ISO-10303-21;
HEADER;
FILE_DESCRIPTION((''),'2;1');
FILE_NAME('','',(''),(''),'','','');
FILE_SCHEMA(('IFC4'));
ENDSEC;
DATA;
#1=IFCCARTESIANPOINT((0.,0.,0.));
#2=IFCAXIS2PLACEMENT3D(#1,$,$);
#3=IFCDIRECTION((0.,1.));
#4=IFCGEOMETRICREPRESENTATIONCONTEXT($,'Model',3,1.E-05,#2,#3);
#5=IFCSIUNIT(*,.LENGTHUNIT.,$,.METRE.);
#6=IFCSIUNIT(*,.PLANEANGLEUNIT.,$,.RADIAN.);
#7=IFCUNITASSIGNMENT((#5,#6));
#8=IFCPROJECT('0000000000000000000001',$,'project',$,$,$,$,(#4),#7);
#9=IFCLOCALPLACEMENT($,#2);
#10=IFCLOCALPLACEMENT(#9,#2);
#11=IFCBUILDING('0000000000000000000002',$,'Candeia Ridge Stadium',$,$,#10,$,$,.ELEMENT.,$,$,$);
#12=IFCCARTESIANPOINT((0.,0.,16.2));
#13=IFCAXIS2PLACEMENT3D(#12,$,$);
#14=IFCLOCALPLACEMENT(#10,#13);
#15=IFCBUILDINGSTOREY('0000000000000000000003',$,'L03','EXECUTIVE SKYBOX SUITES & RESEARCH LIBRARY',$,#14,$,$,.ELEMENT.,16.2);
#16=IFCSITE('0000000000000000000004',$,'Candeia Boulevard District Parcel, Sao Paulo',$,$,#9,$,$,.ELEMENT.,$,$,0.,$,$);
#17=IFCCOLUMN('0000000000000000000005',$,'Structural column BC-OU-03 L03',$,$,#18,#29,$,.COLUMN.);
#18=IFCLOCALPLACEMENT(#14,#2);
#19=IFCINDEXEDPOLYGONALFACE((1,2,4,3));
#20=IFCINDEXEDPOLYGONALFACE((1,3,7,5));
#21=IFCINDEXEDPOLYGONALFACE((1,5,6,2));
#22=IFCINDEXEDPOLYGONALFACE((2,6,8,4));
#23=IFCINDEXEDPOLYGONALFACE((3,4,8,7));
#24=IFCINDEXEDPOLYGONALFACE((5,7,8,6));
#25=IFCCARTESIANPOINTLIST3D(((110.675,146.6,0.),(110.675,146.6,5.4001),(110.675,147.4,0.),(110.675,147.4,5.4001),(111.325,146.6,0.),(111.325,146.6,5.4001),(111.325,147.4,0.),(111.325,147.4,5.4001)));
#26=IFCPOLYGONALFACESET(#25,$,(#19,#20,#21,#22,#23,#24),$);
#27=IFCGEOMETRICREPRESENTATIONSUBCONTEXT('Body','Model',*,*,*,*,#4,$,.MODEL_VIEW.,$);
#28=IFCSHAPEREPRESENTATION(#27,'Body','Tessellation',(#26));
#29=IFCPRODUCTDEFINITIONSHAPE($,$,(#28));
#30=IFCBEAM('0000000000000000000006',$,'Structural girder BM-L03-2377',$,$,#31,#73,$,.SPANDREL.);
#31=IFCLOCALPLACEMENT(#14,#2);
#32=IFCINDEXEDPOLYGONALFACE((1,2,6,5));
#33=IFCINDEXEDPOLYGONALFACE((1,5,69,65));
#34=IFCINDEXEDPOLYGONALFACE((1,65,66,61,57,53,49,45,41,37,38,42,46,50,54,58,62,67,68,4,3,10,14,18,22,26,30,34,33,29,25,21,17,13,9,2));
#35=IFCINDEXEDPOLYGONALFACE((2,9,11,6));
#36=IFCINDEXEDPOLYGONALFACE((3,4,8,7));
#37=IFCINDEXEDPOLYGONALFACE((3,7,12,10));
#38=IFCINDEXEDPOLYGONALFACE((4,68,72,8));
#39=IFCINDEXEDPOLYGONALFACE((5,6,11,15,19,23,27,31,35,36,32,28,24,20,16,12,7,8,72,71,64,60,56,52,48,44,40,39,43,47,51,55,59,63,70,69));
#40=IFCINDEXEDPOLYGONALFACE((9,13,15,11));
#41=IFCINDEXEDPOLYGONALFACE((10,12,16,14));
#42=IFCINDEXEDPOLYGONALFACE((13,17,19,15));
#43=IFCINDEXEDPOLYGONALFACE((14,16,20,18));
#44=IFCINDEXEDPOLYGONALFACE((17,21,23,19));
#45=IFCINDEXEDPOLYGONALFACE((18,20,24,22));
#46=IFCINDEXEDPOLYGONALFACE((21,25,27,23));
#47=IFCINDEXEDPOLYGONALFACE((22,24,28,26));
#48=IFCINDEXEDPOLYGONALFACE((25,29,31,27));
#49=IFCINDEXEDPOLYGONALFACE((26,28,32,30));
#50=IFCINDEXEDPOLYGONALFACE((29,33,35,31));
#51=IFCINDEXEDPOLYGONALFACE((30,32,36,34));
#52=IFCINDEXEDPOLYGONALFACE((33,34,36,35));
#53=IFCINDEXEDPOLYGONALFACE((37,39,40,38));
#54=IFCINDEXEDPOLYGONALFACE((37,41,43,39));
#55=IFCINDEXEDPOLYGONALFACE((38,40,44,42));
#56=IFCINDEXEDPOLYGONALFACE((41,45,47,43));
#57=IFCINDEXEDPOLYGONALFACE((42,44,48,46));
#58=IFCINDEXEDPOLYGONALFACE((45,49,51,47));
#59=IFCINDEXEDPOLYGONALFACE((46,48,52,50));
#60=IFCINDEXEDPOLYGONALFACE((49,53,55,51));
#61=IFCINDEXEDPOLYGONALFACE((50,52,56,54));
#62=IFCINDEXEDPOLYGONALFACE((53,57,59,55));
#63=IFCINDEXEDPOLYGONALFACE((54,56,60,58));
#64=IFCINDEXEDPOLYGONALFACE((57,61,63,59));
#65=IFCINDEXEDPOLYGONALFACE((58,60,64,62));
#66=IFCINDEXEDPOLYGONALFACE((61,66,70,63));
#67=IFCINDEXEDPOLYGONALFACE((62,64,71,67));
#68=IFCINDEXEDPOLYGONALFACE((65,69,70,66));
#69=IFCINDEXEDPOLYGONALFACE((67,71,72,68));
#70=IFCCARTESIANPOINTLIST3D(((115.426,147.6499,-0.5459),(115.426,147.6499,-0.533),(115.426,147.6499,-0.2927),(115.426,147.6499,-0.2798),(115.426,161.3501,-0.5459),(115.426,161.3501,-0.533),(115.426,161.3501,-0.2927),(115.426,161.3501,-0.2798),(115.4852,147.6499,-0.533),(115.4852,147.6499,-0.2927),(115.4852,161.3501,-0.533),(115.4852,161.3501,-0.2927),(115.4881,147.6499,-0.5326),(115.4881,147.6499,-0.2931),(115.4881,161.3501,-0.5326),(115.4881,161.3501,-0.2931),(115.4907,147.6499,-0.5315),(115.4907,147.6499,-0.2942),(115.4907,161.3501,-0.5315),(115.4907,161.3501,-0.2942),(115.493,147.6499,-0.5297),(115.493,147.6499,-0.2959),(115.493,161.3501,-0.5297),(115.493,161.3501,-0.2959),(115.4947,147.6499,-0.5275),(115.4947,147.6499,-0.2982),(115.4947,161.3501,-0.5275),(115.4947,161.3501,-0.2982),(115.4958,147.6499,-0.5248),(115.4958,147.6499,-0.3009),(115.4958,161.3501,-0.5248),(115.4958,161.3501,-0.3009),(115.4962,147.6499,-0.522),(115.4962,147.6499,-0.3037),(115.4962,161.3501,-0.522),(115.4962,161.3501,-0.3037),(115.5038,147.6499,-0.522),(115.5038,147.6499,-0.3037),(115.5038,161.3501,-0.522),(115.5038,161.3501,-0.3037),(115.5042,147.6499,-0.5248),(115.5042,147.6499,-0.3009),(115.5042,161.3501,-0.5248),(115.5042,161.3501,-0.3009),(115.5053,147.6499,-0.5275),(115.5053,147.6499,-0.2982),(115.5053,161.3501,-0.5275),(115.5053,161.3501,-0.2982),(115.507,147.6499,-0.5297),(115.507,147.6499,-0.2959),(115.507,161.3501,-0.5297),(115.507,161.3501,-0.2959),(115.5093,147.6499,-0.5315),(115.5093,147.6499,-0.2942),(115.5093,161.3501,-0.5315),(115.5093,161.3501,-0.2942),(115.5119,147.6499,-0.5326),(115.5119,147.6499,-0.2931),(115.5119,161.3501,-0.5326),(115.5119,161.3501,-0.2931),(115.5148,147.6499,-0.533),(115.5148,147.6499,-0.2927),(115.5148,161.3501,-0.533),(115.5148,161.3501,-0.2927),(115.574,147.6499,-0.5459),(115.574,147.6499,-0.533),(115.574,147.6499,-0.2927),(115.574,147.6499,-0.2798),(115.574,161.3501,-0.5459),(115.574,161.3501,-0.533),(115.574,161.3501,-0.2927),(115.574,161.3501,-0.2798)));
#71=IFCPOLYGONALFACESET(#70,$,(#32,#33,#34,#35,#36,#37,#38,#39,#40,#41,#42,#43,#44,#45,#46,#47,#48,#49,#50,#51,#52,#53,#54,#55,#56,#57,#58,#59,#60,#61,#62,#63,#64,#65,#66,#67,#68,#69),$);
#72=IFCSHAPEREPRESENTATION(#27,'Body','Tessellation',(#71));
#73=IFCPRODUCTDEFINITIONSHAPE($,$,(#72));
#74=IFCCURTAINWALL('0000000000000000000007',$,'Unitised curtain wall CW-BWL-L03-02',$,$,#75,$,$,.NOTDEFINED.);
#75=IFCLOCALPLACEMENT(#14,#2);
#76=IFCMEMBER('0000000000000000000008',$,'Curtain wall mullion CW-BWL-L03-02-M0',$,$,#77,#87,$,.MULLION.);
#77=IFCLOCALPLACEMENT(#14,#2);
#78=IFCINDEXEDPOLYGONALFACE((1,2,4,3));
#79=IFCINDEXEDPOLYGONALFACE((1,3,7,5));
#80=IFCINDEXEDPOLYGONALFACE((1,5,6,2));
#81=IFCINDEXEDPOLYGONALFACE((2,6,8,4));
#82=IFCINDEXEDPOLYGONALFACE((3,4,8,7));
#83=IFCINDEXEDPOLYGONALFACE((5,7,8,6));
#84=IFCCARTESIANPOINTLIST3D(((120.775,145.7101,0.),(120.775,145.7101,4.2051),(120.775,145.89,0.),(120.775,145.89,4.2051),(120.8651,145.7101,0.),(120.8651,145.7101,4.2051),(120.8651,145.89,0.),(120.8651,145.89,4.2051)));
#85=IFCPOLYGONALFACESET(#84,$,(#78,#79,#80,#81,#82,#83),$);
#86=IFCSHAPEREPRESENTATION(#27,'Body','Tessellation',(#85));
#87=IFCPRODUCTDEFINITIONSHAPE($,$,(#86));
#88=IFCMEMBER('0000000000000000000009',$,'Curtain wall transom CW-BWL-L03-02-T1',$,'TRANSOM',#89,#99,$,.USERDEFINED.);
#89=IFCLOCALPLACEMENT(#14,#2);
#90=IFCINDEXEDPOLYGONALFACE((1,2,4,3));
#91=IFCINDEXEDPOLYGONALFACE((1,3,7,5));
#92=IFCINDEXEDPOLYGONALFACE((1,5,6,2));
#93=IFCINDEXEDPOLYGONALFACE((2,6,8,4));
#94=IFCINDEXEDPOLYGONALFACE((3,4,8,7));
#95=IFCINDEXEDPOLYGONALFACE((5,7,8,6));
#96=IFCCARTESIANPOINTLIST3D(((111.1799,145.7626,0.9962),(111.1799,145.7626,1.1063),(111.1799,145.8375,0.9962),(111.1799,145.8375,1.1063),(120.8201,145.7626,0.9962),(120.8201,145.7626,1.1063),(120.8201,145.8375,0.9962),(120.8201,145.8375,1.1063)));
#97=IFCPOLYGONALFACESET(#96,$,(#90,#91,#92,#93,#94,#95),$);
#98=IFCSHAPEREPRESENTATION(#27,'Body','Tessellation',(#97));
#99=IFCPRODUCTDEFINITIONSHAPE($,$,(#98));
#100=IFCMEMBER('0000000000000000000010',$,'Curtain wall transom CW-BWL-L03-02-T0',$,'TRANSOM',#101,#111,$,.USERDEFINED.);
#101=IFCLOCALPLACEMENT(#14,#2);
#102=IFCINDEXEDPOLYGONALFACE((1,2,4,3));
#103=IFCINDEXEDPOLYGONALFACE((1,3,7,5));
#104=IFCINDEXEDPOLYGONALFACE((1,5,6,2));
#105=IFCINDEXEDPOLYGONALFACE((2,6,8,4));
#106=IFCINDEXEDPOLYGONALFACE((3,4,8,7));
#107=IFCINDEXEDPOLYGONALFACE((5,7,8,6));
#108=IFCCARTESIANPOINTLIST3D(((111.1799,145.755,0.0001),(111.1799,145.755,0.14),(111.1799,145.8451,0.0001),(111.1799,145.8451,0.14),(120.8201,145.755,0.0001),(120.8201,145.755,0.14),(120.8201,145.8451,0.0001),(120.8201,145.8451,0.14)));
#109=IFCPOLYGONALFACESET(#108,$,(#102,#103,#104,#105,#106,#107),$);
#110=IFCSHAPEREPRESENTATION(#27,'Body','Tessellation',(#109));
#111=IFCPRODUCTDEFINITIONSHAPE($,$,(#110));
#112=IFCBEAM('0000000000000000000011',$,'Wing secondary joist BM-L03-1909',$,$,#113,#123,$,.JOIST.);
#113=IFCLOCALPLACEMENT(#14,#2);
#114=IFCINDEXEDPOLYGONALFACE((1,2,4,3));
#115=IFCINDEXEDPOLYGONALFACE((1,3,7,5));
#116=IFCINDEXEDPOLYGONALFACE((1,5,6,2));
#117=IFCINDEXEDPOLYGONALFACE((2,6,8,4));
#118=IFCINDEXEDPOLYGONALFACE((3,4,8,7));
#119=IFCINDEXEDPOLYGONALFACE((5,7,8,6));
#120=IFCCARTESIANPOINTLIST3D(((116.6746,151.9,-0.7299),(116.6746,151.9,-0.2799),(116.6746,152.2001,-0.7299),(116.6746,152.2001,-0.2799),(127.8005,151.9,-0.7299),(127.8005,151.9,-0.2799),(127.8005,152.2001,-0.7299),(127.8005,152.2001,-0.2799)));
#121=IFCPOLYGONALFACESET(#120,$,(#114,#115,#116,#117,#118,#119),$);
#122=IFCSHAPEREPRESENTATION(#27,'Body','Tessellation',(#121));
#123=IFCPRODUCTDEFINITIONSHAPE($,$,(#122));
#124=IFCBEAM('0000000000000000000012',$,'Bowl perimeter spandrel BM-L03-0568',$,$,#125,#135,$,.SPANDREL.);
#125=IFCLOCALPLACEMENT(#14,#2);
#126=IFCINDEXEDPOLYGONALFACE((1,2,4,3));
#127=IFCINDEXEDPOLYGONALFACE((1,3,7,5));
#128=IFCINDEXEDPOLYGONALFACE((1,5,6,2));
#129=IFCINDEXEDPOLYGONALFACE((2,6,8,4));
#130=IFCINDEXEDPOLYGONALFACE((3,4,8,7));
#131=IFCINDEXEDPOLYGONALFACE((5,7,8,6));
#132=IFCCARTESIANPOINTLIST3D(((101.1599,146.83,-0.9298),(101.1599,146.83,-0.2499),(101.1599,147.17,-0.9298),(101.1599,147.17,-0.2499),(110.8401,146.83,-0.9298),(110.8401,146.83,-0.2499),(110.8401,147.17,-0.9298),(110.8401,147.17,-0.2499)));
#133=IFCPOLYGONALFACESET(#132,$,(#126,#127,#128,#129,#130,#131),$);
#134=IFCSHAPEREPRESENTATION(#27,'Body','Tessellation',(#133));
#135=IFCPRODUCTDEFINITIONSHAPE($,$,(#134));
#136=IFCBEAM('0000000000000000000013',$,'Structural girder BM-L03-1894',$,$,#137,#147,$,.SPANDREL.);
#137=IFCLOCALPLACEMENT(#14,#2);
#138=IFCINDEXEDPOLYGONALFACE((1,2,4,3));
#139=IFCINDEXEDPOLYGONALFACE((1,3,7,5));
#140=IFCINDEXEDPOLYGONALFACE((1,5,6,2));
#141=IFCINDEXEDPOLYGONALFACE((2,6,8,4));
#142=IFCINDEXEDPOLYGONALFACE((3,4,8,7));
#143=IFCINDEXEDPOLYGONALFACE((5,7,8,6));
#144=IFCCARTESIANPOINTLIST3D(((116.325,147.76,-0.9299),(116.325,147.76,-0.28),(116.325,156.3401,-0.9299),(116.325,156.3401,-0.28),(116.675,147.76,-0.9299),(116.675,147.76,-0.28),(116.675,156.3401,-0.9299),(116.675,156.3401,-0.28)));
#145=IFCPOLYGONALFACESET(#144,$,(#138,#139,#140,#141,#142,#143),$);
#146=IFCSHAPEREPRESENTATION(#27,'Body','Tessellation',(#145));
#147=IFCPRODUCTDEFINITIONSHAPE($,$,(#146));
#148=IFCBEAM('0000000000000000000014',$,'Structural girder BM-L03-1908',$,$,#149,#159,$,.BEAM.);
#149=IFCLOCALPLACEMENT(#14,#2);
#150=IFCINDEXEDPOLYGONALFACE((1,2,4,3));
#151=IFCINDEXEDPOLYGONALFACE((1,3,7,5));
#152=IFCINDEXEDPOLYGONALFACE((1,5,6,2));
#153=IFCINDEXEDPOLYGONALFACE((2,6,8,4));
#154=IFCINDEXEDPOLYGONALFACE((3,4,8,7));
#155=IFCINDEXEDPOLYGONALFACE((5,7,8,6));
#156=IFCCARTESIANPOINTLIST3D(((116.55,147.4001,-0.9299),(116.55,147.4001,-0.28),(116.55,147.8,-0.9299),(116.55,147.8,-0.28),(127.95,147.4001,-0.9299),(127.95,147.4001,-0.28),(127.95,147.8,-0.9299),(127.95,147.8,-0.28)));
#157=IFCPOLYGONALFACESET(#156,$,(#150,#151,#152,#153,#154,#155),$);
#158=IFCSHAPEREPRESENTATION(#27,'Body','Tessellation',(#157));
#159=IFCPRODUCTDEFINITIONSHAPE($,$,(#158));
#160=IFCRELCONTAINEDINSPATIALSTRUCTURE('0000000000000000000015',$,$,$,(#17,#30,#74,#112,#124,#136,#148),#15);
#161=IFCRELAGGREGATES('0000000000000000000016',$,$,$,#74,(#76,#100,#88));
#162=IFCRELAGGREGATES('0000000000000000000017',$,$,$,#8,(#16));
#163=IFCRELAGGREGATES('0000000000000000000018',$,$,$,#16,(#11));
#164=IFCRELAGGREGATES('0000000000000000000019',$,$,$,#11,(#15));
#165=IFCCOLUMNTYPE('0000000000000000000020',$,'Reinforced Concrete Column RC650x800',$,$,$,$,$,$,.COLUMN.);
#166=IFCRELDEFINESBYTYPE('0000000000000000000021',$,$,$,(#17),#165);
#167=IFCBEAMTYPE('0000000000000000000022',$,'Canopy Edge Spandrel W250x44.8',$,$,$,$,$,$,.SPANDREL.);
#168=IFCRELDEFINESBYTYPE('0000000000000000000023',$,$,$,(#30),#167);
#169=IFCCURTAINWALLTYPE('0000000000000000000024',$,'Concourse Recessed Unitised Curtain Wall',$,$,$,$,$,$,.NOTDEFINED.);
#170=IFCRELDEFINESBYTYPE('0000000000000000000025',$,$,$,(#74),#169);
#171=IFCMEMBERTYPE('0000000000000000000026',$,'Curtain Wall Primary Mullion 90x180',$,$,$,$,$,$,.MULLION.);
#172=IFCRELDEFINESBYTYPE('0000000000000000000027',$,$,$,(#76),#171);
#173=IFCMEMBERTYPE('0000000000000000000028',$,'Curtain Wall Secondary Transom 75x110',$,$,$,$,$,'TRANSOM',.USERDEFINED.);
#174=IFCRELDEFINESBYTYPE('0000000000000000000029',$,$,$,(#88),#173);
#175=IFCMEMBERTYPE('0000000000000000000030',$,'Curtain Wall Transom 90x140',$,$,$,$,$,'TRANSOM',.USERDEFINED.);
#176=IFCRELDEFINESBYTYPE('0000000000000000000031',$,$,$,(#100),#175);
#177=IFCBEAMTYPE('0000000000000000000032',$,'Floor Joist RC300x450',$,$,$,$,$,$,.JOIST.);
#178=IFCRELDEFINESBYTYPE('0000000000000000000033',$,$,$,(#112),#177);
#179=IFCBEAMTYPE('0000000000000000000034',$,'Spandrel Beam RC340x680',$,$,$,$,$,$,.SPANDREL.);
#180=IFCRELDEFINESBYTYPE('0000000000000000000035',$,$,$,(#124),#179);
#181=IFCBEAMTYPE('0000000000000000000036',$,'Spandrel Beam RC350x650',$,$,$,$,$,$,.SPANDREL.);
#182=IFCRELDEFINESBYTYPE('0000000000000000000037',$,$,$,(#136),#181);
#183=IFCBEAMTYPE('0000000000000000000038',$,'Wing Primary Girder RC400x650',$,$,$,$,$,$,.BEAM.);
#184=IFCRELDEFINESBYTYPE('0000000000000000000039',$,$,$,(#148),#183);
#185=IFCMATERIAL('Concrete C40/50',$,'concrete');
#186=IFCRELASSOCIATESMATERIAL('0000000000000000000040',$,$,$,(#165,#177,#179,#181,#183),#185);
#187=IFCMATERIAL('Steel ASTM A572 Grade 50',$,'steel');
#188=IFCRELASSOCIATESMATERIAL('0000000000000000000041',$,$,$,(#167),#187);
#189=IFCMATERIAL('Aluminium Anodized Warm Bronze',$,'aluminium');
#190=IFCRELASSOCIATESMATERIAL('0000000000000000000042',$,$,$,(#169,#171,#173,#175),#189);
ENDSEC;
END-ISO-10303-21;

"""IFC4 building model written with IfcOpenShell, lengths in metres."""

from ifc_helpers import new_model, si_unit, direction, frame, origin, origin_2d, place, context, subcontext, project, spatial, rectangle, i_section, extrude, material, material_profile, profile_set, type_object, element, aggregate, save


model = new_model("IFC4")

# Units and contexts
model_context = context("Model", 3, precision=1e-05, world=origin(), true_north=direction((0.0, 1.0)))
body_context = subcontext(model_context, "Body", "Model", "MODEL_VIEW")
ifc_project = project(units=[si_unit("LENGTHUNIT", "METRE"), si_unit("PLANEANGLEUNIT", "RADIAN")], contexts=[model_context])

# Site, building, storey
site_placement = place(None, origin())
site = spatial("IfcSite", under=ifc_project, at=site_placement, Name="Candeia Boulevard District Parcel, Sao Paulo", CompositionType="ELEMENT", RefElevation=0.0)
building_placement = place(site_placement, origin())
building = spatial("IfcBuilding", under=site, at=building_placement, Name="Candeia Ridge Stadium", CompositionType="ELEMENT")
storey_placement = place(building_placement, frame((0.0, 0.0, 16.2)))
storey = spatial("IfcBuildingStorey", under=building, at=storey_placement, Name="L03", Description="EXECUTIVE SKYBOX SUITES & RESEARCH LIBRARY", CompositionType="ELEMENT", Elevation=16.2)

# Column
ifc_material_1 = material(Name="Concrete C40/50", Category="concrete")
ifc_material_profile_1 = material_profile(ifc_material_1, rectangle(XDim=0.6499, YDim=0.8, at=origin_2d()), Name="RC650x800", Category="concrete")
ifc_profile_set_1 = profile_set([ifc_material_profile_1], Name="Concrete C40/50")
column_type = type_object("IfcColumnType", Name="Reinforced Concrete Column RC650x800", PredefinedType="COLUMN", material=ifc_profile_set_1)
column_placement = place(storey_placement, frame((111.0, 147.0, 0.0), z_axis=(0.0, 0.0, 1.0), x_axis=(1.0, 0.0, 0.0)))
element("IfcColumn", 1, at=column_placement, inside=storey, type_object=column_type, Name="Structural column BC-OU-03 L03", PredefinedType="COLUMN", context=body_context, shape_type="SweptSolid", body=[
    extrude(rectangle(XDim=0.6499, YDim=0.8, at=origin_2d()), origin(), (0.0, 0.0, 1.0), 5.4001),
])

# Beam
ifc_material_2 = material(Name="Steel ASTM A572 Grade 50", Category="steel")
ifc_material_profile_2 = material_profile(ifc_material_2, i_section(OverallWidth=0.1479, OverallDepth=0.2661, WebThickness=0.0076, FlangeThickness=0.0129, FilletRadius=0.011, at=origin_2d()), Name="W250x44.8", Category="steel")
ifc_profile_set_2 = profile_set([ifc_material_profile_2], Name="Steel ASTM A572 Grade 50")
beam_type_1 = type_object("IfcBeamType", Name="Canopy Edge Spandrel W250x44.8", PredefinedType="SPANDREL", material=ifc_profile_set_2)
beam_1_placement = place(storey_placement, frame((115.5, 147.6499, -0.4128), z_axis=(0.0, 1.0, 0.0), x_axis=(-1.0, 0.0, 0.0)))
element("IfcBeam", 2, at=beam_1_placement, inside=storey, type_object=beam_type_1, Name="Structural girder BM-L03-2377", PredefinedType="SPANDREL", context=body_context, shape_type="SweptSolid", body=[
    extrude(i_section(OverallWidth=0.1479, OverallDepth=0.2661, WebThickness=0.0076, FlangeThickness=0.0129, FilletRadius=0.011, at=origin_2d()), origin(), (0.0, 0.0, 1.0), 13.7002),
])

# Curtain wall, members
ifc_material_3 = material(Name="Aluminium Anodized Warm Bronze", Category="aluminium")
curtain_wall_type = type_object("IfcCurtainWallType", Name="Concourse Recessed Unitised Curtain Wall", PredefinedType="NOTDEFINED", material=ifc_material_3)
curtain_wall_placement = place(storey_placement, origin())
curtain_wall = element("IfcCurtainWall", 3, at=curtain_wall_placement, inside=storey, type_object=curtain_wall_type, Name="Unitised curtain wall CW-BWL-L03-02", PredefinedType="NOTDEFINED")
ifc_material_profile_3 = material_profile(ifc_material_3, rectangle(XDim=0.0901, YDim=0.1799, at=origin_2d()), Name="CWM-90x180", Category="aluminium")
ifc_profile_set_3 = profile_set([ifc_material_profile_3], Name="Aluminium Anodized Warm Bronze")
member_type_1 = type_object("IfcMemberType", Name="Curtain Wall Primary Mullion 90x180", PredefinedType="MULLION", material=ifc_profile_set_3)
member_1_placement = place(storey_placement, frame((120.8201, 145.8, 0.0), z_axis=(0.0, 0.0, 1.0), x_axis=(1.0, 0.0, 0.0)))
member_1 = element("IfcMember", 4, at=member_1_placement, type_object=member_type_1, Name="Curtain wall mullion CW-BWL-L03-02-M0", PredefinedType="MULLION", context=body_context, shape_type="SweptSolid", body=[
    extrude(rectangle(XDim=0.0901, YDim=0.1799, at=origin_2d()), origin(), (0.0, 0.0, 1.0), 4.2051),
])
ifc_material_profile_4 = material_profile(ifc_material_3, rectangle(XDim=0.075, YDim=0.1101, at=origin_2d()), Name="CWT-75x110", Category="aluminium")
ifc_profile_set_4 = profile_set([ifc_material_profile_4], Name="Aluminium Anodized Warm Bronze")
member_type_2 = type_object("IfcMemberType", Name="Curtain Wall Secondary Transom 75x110", ElementType="TRANSOM", PredefinedType="USERDEFINED", material=ifc_profile_set_4)
member_2_placement = place(storey_placement, frame((120.8201, 145.8, 1.0513), z_axis=(-1.0, 0.0, 0.0), x_axis=(0.0, -1.0, 0.0)))
member_2 = element("IfcMember", 5, at=member_2_placement, type_object=member_type_2, Name="Curtain wall transom CW-BWL-L03-02-T1", ObjectType="TRANSOM", PredefinedType="USERDEFINED", context=body_context, shape_type="SweptSolid", body=[
    extrude(rectangle(XDim=0.075, YDim=0.1101, at=origin_2d()), origin(), (0.0, 0.0, 1.0), 9.6401),
])
ifc_material_profile_5 = material_profile(ifc_material_3, rectangle(XDim=0.0901, YDim=0.1399, at=origin_2d()), Name="CWT-90x140", Category="aluminium")
ifc_profile_set_5 = profile_set([ifc_material_profile_5], Name="Aluminium Anodized Warm Bronze")
member_type_3 = type_object("IfcMemberType", Name="Curtain Wall Transom 90x140", ElementType="TRANSOM", PredefinedType="USERDEFINED", material=ifc_profile_set_5)
member_3_placement = place(storey_placement, frame((120.8201, 145.8, 0.0701), z_axis=(-1.0, 0.0, 0.0), x_axis=(0.0, -1.0, 0.0)))
member_3 = element("IfcMember", 6, at=member_3_placement, type_object=member_type_3, Name="Curtain wall transom CW-BWL-L03-02-T0", ObjectType="TRANSOM", PredefinedType="USERDEFINED", context=body_context, shape_type="SweptSolid", body=[
    extrude(rectangle(XDim=0.0901, YDim=0.1399, at=origin_2d()), origin(), (0.0, 0.0, 1.0), 9.6401),
])
aggregate(curtain_wall, [member_1, member_3, member_2])

# Beams
ifc_material_profile_6 = material_profile(ifc_material_1, rectangle(XDim=0.3, YDim=0.45, at=origin_2d()), Name="RC300x450", Category="concrete")
ifc_profile_set_6 = profile_set([ifc_material_profile_6], Name="Concrete C40/50")
beam_type_2 = type_object("IfcBeamType", Name="Floor Joist RC300x450", PredefinedType="JOIST", material=ifc_profile_set_6)
beam_2_placement = place(storey_placement, frame((116.6746, 152.05, -0.5049), z_axis=(1.0, 0.0, 0.0), x_axis=(0.0, 1.0, 0.0)))
element("IfcBeam", 7, at=beam_2_placement, inside=storey, type_object=beam_type_2, Name="Wing secondary joist BM-L03-1909", PredefinedType="JOIST", context=body_context, shape_type="SweptSolid", body=[
    extrude(rectangle(XDim=0.3, YDim=0.45, at=origin_2d()), origin(), (0.0, 0.0, 1.0), 11.126),
])
ifc_material_profile_7 = material_profile(ifc_material_1, rectangle(XDim=0.3401, YDim=0.6799, at=origin_2d()), Name="RC340x680", Category="concrete")
ifc_profile_set_7 = profile_set([ifc_material_profile_7], Name="Concrete C40/50")
beam_type_3 = type_object("IfcBeamType", Name="Spandrel Beam RC340x680", PredefinedType="SPANDREL", material=ifc_profile_set_7)
beam_3_placement = place(storey_placement, frame((110.8401, 147.0, -0.5898), z_axis=(-1.0, 0.0, 0.0), x_axis=(0.0, -1.0, 0.0)))
element("IfcBeam", 8, at=beam_3_placement, inside=storey, type_object=beam_type_3, Name="Bowl perimeter spandrel BM-L03-0568", PredefinedType="SPANDREL", context=body_context, shape_type="SweptSolid", body=[
    extrude(rectangle(XDim=0.3401, YDim=0.6799, at=origin_2d()), origin(), (0.0, 0.0, 1.0), 9.6802),
])
ifc_material_profile_8 = material_profile(ifc_material_1, rectangle(XDim=0.3501, YDim=0.6499, at=origin_2d()), Name="RC350x650", Category="concrete")
ifc_profile_set_8 = profile_set([ifc_material_profile_8], Name="Concrete C40/50")
beam_type_4 = type_object("IfcBeamType", Name="Spandrel Beam RC350x650", PredefinedType="SPANDREL", material=ifc_profile_set_8)
beam_4_placement = place(storey_placement, frame((116.5, 147.76, -0.605), z_axis=(0.0, 1.0, 0.0), x_axis=(-1.0, 0.0, 0.0)))
element("IfcBeam", 9, at=beam_4_placement, inside=storey, type_object=beam_type_4, Name="Structural girder BM-L03-1894", PredefinedType="SPANDREL", context=body_context, shape_type="SweptSolid", body=[
    extrude(rectangle(XDim=0.3501, YDim=0.6499, at=origin_2d()), origin(), (0.0, 0.0, 1.0), 8.5801),
])
ifc_material_profile_9 = material_profile(ifc_material_1, rectangle(XDim=0.3999, YDim=0.6499, at=origin_2d()), Name="RC400x650", Category="concrete")
ifc_profile_set_9 = profile_set([ifc_material_profile_9], Name="Concrete C40/50")
beam_type_5 = type_object("IfcBeamType", Name="Wing Primary Girder RC400x650", PredefinedType="BEAM", material=ifc_profile_set_9)
beam_5_placement = place(storey_placement, frame((116.55, 147.6001, -0.605), z_axis=(1.0, 0.0, 0.0), x_axis=(0.0, 1.0, 0.0)))
element("IfcBeam", 10, at=beam_5_placement, inside=storey, type_object=beam_type_5, Name="Structural girder BM-L03-1908", PredefinedType="BEAM", context=body_context, shape_type="SweptSolid", body=[
    extrude(rectangle(XDim=0.3999, YDim=0.6499, at=origin_2d()), origin(), (0.0, 0.0, 1.0), 11.3999),
])

save(model, "model.ifc")
